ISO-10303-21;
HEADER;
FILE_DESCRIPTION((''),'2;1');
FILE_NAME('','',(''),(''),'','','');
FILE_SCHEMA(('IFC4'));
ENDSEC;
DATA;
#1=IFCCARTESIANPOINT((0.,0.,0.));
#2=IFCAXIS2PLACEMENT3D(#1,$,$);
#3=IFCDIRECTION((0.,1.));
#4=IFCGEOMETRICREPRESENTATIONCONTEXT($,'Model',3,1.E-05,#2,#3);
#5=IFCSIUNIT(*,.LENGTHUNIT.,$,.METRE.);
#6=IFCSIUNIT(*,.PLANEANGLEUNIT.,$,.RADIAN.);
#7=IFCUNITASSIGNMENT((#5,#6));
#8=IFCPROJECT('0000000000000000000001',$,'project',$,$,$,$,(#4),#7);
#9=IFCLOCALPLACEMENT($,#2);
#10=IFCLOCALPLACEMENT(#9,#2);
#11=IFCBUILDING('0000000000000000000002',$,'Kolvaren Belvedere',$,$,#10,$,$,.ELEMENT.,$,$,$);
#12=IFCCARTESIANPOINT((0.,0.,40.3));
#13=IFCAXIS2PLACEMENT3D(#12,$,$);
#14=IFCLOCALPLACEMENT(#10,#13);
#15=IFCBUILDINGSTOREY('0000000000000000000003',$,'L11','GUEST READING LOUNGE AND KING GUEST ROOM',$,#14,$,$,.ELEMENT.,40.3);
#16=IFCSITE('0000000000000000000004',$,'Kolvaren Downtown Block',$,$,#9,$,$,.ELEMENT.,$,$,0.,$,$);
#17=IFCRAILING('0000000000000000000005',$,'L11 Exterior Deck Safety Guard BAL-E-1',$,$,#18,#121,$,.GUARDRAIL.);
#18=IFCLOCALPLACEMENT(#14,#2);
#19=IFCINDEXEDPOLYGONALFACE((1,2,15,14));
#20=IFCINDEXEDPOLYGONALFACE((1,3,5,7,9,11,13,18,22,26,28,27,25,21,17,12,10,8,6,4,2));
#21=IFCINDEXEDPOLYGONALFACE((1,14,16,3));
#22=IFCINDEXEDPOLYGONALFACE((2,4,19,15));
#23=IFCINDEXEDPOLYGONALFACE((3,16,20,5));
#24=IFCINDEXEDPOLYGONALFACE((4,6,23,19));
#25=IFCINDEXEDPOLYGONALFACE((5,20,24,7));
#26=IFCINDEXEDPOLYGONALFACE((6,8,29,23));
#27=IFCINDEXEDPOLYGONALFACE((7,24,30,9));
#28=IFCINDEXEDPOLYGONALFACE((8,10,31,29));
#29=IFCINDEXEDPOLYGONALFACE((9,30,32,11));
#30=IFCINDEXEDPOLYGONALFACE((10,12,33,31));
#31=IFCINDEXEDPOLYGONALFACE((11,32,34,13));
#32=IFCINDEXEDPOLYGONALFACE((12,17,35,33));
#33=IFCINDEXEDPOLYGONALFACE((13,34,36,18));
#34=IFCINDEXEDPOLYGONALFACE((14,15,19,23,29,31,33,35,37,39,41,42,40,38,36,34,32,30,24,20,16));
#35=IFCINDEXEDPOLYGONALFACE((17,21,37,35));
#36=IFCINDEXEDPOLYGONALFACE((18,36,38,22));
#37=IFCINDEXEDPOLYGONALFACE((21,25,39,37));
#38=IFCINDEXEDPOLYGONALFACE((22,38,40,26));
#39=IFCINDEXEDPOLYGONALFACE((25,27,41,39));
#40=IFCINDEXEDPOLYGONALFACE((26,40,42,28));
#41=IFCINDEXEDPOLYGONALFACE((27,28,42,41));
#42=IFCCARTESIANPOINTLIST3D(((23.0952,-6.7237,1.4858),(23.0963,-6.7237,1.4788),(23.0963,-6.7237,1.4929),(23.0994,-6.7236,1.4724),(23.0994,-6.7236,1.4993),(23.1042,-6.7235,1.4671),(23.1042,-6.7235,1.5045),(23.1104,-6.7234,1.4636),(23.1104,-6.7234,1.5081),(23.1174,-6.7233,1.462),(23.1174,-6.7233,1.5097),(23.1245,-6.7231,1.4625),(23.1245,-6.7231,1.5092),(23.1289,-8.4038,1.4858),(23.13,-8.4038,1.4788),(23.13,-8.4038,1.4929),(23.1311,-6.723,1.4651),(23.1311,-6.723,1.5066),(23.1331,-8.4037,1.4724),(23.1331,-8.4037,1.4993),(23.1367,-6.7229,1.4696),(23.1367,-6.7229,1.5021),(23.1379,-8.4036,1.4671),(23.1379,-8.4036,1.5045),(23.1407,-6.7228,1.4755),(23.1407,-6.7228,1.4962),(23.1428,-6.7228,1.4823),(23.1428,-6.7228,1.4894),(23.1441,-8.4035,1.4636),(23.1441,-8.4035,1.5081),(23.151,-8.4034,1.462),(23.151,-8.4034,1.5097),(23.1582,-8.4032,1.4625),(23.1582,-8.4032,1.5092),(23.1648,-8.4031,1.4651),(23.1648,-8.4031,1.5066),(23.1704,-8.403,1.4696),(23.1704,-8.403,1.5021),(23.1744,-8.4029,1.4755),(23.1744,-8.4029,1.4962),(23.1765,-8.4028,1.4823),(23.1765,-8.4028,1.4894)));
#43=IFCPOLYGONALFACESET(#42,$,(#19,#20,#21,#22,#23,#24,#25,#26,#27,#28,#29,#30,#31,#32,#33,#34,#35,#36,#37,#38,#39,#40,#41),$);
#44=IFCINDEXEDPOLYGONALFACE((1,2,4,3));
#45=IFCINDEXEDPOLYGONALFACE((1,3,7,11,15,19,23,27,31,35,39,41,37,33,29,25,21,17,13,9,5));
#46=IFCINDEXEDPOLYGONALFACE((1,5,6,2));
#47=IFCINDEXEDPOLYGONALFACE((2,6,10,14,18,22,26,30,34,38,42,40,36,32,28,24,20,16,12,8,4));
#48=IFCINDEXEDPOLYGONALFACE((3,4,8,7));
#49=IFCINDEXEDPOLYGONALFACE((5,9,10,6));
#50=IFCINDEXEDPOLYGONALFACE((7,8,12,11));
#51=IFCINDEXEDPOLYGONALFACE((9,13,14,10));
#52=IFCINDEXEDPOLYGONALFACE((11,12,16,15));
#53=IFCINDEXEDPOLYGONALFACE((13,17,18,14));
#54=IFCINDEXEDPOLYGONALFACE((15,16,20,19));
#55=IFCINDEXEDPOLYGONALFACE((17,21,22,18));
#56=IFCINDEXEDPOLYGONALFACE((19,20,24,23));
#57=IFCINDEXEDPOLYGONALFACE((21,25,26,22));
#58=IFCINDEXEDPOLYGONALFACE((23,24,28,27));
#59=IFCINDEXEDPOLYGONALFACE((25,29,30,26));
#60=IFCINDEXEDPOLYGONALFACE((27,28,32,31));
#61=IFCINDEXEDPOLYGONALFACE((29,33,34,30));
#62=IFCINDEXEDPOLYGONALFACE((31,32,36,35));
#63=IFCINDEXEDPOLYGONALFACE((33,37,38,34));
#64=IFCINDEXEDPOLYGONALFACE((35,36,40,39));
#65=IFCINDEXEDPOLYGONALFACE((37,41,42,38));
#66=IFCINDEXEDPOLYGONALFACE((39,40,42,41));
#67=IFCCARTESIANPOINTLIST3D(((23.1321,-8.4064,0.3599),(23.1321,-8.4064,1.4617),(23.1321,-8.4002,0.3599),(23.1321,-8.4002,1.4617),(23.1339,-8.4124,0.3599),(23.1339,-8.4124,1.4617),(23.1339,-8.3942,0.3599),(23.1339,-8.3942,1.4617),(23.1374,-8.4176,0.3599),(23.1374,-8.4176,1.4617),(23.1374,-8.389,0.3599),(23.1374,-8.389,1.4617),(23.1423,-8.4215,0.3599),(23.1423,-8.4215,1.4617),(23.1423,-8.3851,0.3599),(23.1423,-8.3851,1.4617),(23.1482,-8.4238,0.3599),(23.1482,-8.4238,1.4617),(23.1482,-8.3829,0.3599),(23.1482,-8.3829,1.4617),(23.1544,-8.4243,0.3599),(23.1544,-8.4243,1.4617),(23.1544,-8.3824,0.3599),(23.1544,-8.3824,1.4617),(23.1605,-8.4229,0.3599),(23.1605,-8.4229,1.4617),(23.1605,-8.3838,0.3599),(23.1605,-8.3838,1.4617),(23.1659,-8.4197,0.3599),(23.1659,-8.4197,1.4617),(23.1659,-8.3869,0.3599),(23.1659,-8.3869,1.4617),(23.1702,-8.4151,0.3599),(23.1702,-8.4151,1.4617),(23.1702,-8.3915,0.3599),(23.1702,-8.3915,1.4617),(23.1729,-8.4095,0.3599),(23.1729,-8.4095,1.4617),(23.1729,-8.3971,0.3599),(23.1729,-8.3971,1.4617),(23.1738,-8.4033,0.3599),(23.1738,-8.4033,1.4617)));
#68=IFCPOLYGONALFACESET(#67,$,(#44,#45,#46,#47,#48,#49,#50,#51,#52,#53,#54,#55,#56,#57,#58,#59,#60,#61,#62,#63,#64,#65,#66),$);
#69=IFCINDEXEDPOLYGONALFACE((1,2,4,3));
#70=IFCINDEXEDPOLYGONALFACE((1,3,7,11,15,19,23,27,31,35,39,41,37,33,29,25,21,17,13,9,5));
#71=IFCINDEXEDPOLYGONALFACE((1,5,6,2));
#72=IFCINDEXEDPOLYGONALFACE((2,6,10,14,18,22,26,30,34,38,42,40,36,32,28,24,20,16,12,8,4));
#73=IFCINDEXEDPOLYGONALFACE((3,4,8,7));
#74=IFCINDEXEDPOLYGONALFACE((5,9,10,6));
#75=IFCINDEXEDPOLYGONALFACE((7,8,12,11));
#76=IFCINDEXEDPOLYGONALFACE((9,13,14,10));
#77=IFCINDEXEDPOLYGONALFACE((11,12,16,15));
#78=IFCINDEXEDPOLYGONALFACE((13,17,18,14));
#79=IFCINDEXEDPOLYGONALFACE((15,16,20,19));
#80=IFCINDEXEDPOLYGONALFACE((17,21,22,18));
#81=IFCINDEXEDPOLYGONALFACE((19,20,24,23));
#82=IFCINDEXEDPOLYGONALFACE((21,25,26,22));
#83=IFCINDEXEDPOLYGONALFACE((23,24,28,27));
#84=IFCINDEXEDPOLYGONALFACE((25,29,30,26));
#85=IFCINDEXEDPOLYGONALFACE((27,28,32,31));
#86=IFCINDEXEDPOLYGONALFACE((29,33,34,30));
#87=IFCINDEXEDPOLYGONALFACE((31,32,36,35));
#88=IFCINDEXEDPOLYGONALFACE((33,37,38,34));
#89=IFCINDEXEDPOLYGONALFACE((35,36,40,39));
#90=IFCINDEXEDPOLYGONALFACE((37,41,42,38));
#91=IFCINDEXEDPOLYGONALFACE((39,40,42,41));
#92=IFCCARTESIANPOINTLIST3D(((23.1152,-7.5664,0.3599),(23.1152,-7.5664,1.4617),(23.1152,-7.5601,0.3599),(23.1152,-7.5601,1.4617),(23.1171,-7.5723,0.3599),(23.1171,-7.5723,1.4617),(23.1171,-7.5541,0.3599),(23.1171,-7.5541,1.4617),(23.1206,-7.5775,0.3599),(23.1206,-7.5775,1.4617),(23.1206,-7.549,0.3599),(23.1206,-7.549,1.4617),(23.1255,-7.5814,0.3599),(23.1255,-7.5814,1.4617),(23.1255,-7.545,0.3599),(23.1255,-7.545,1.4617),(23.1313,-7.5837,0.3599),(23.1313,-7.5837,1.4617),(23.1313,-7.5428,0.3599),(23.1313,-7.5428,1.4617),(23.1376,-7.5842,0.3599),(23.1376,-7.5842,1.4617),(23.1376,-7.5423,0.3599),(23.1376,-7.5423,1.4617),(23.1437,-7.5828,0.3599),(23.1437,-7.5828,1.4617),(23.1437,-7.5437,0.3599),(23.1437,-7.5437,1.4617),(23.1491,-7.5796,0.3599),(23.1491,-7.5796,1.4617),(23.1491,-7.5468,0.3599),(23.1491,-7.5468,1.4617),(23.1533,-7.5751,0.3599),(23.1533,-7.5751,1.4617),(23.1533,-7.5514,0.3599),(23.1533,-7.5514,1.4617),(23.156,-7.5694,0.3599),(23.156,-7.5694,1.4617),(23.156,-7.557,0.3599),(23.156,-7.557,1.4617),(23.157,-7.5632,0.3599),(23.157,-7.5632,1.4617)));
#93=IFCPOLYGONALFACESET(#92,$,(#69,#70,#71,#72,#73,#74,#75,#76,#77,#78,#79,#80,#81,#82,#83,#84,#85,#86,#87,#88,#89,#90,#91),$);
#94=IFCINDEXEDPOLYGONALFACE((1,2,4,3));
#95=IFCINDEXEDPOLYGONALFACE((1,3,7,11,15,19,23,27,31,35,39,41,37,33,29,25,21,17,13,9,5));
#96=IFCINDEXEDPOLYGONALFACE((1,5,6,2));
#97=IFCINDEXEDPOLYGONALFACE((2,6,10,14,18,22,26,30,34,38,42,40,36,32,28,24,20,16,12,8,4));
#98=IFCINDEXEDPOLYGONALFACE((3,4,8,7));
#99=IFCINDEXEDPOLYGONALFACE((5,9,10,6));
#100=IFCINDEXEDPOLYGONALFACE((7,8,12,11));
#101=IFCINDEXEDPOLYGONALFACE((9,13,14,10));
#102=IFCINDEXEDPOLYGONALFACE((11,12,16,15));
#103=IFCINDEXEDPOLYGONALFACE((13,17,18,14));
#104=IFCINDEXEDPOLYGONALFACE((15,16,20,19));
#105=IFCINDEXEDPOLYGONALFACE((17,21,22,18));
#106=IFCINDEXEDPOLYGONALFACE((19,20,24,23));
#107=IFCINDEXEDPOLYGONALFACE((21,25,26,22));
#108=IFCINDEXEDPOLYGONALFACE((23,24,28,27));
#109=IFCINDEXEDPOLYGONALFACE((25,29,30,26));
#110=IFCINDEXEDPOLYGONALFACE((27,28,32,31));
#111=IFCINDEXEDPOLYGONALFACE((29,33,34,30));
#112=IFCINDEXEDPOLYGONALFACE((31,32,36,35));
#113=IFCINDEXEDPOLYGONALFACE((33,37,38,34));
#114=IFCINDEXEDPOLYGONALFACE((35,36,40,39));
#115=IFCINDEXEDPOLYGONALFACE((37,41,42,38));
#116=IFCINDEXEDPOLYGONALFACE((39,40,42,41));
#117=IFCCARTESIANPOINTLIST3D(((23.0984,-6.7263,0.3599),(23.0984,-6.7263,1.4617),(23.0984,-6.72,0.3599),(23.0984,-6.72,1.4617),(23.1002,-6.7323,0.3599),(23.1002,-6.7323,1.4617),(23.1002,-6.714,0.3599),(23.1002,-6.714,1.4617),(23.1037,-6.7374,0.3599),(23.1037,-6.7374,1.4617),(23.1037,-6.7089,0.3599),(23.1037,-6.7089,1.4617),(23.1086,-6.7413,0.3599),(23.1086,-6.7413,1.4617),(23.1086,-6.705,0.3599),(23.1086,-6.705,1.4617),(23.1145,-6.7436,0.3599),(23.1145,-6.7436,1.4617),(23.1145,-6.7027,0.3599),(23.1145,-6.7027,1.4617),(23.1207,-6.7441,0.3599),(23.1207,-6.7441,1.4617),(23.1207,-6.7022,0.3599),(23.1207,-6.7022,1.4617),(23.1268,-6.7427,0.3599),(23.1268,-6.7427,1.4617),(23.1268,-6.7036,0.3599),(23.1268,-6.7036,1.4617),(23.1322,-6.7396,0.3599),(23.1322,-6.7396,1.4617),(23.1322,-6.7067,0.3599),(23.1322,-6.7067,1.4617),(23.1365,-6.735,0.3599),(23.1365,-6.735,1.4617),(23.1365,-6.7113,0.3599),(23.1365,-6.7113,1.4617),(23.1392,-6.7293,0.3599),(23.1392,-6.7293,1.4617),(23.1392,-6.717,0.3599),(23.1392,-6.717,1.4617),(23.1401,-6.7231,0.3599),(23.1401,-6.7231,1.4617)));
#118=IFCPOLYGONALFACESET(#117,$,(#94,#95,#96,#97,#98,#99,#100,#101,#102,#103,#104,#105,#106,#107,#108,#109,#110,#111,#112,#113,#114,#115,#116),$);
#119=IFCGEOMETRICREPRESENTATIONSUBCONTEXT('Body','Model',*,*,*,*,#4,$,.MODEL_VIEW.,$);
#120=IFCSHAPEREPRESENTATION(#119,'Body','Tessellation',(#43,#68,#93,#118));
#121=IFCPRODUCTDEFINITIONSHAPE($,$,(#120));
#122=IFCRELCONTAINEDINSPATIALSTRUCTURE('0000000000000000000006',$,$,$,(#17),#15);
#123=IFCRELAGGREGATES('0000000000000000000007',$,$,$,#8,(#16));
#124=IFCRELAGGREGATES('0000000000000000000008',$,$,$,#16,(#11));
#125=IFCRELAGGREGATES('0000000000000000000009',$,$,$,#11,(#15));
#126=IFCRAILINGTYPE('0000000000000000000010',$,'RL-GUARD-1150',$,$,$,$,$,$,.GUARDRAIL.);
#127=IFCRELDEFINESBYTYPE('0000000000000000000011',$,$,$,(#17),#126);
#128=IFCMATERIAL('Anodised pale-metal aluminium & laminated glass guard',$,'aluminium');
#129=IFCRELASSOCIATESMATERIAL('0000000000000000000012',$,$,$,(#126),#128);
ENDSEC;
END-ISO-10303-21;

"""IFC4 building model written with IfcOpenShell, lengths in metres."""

from ifc_helpers import new_model, si_unit, direction, frame, origin, origin_2d, place, context, subcontext, project, spatial, circle, extrude, material, type_object, element, save


model = new_model("IFC4")

# Units and contexts
model_context = context("Model", 3, precision=1e-05, world=origin(), true_north=direction((0.0, 1.0)))
body_context = subcontext(model_context, "Body", "Model", "MODEL_VIEW")
ifc_project = project(units=[si_unit("LENGTHUNIT", "METRE"), si_unit("PLANEANGLEUNIT", "RADIAN")], contexts=[model_context])

# Site, building, storey
site_placement = place(None, origin())
site = spatial("IfcSite", under=ifc_project, at=site_placement, Name="Kolvaren Downtown Block", CompositionType="ELEMENT", RefElevation=0.0)
building_placement = place(site_placement, origin())
building = spatial("IfcBuilding", under=site, at=building_placement, Name="Kolvaren Belvedere", CompositionType="ELEMENT")
storey_placement = place(building_placement, frame((0.0, 0.0, 40.3)))
storey = spatial("IfcBuildingStorey", under=building, at=storey_placement, Name="L11", Description="GUEST READING LOUNGE AND KING GUEST ROOM", CompositionType="ELEMENT", Elevation=40.3)

# Railing
ifc_material_1 = material(Name="Anodised pale-metal aluminium & laminated glass guard", Category="aluminium")
railing_type = type_object("IfcRailingType", Name="RL-GUARD-1150", PredefinedType="GUARDRAIL", material=ifc_material_1)
railing_1_placement = place(storey_placement, frame((23.1528, -8.4033, 0.3599)))
element("IfcRailing", 1, at=railing_1_placement, inside=storey, type_object=railing_type, Name="L11 Exterior Deck Safety Guard BAL-E-1", PredefinedType="GUARDRAIL", context=body_context, shape_type="SweptSolid", body=[
    extrude(circle(Radius=0.0239, at=origin_2d()), frame((0.0, 0.0, 1.126), z_axis=(-0.020048, 0.999799, 0.0), x_axis=(-0.999799, -0.020048, 0.0)), (0.0, 0.0, 1.0), 1.6804),
    extrude(circle(Radius=0.021, at=origin_2d()), origin(), (0.0, 0.0, 1.0), 1.1018),
    extrude(circle(Radius=0.021, at=origin_2d()), frame((-0.0168, 0.8401, 0.0)), (0.0, 0.0, 1.0), 1.1018),
    extrude(circle(Radius=0.021, at=origin_2d()), frame((-0.0337, 1.6802, 0.0)), (0.0, 0.0, 1.0), 1.1018),
])

save(model, "model.ifc")
